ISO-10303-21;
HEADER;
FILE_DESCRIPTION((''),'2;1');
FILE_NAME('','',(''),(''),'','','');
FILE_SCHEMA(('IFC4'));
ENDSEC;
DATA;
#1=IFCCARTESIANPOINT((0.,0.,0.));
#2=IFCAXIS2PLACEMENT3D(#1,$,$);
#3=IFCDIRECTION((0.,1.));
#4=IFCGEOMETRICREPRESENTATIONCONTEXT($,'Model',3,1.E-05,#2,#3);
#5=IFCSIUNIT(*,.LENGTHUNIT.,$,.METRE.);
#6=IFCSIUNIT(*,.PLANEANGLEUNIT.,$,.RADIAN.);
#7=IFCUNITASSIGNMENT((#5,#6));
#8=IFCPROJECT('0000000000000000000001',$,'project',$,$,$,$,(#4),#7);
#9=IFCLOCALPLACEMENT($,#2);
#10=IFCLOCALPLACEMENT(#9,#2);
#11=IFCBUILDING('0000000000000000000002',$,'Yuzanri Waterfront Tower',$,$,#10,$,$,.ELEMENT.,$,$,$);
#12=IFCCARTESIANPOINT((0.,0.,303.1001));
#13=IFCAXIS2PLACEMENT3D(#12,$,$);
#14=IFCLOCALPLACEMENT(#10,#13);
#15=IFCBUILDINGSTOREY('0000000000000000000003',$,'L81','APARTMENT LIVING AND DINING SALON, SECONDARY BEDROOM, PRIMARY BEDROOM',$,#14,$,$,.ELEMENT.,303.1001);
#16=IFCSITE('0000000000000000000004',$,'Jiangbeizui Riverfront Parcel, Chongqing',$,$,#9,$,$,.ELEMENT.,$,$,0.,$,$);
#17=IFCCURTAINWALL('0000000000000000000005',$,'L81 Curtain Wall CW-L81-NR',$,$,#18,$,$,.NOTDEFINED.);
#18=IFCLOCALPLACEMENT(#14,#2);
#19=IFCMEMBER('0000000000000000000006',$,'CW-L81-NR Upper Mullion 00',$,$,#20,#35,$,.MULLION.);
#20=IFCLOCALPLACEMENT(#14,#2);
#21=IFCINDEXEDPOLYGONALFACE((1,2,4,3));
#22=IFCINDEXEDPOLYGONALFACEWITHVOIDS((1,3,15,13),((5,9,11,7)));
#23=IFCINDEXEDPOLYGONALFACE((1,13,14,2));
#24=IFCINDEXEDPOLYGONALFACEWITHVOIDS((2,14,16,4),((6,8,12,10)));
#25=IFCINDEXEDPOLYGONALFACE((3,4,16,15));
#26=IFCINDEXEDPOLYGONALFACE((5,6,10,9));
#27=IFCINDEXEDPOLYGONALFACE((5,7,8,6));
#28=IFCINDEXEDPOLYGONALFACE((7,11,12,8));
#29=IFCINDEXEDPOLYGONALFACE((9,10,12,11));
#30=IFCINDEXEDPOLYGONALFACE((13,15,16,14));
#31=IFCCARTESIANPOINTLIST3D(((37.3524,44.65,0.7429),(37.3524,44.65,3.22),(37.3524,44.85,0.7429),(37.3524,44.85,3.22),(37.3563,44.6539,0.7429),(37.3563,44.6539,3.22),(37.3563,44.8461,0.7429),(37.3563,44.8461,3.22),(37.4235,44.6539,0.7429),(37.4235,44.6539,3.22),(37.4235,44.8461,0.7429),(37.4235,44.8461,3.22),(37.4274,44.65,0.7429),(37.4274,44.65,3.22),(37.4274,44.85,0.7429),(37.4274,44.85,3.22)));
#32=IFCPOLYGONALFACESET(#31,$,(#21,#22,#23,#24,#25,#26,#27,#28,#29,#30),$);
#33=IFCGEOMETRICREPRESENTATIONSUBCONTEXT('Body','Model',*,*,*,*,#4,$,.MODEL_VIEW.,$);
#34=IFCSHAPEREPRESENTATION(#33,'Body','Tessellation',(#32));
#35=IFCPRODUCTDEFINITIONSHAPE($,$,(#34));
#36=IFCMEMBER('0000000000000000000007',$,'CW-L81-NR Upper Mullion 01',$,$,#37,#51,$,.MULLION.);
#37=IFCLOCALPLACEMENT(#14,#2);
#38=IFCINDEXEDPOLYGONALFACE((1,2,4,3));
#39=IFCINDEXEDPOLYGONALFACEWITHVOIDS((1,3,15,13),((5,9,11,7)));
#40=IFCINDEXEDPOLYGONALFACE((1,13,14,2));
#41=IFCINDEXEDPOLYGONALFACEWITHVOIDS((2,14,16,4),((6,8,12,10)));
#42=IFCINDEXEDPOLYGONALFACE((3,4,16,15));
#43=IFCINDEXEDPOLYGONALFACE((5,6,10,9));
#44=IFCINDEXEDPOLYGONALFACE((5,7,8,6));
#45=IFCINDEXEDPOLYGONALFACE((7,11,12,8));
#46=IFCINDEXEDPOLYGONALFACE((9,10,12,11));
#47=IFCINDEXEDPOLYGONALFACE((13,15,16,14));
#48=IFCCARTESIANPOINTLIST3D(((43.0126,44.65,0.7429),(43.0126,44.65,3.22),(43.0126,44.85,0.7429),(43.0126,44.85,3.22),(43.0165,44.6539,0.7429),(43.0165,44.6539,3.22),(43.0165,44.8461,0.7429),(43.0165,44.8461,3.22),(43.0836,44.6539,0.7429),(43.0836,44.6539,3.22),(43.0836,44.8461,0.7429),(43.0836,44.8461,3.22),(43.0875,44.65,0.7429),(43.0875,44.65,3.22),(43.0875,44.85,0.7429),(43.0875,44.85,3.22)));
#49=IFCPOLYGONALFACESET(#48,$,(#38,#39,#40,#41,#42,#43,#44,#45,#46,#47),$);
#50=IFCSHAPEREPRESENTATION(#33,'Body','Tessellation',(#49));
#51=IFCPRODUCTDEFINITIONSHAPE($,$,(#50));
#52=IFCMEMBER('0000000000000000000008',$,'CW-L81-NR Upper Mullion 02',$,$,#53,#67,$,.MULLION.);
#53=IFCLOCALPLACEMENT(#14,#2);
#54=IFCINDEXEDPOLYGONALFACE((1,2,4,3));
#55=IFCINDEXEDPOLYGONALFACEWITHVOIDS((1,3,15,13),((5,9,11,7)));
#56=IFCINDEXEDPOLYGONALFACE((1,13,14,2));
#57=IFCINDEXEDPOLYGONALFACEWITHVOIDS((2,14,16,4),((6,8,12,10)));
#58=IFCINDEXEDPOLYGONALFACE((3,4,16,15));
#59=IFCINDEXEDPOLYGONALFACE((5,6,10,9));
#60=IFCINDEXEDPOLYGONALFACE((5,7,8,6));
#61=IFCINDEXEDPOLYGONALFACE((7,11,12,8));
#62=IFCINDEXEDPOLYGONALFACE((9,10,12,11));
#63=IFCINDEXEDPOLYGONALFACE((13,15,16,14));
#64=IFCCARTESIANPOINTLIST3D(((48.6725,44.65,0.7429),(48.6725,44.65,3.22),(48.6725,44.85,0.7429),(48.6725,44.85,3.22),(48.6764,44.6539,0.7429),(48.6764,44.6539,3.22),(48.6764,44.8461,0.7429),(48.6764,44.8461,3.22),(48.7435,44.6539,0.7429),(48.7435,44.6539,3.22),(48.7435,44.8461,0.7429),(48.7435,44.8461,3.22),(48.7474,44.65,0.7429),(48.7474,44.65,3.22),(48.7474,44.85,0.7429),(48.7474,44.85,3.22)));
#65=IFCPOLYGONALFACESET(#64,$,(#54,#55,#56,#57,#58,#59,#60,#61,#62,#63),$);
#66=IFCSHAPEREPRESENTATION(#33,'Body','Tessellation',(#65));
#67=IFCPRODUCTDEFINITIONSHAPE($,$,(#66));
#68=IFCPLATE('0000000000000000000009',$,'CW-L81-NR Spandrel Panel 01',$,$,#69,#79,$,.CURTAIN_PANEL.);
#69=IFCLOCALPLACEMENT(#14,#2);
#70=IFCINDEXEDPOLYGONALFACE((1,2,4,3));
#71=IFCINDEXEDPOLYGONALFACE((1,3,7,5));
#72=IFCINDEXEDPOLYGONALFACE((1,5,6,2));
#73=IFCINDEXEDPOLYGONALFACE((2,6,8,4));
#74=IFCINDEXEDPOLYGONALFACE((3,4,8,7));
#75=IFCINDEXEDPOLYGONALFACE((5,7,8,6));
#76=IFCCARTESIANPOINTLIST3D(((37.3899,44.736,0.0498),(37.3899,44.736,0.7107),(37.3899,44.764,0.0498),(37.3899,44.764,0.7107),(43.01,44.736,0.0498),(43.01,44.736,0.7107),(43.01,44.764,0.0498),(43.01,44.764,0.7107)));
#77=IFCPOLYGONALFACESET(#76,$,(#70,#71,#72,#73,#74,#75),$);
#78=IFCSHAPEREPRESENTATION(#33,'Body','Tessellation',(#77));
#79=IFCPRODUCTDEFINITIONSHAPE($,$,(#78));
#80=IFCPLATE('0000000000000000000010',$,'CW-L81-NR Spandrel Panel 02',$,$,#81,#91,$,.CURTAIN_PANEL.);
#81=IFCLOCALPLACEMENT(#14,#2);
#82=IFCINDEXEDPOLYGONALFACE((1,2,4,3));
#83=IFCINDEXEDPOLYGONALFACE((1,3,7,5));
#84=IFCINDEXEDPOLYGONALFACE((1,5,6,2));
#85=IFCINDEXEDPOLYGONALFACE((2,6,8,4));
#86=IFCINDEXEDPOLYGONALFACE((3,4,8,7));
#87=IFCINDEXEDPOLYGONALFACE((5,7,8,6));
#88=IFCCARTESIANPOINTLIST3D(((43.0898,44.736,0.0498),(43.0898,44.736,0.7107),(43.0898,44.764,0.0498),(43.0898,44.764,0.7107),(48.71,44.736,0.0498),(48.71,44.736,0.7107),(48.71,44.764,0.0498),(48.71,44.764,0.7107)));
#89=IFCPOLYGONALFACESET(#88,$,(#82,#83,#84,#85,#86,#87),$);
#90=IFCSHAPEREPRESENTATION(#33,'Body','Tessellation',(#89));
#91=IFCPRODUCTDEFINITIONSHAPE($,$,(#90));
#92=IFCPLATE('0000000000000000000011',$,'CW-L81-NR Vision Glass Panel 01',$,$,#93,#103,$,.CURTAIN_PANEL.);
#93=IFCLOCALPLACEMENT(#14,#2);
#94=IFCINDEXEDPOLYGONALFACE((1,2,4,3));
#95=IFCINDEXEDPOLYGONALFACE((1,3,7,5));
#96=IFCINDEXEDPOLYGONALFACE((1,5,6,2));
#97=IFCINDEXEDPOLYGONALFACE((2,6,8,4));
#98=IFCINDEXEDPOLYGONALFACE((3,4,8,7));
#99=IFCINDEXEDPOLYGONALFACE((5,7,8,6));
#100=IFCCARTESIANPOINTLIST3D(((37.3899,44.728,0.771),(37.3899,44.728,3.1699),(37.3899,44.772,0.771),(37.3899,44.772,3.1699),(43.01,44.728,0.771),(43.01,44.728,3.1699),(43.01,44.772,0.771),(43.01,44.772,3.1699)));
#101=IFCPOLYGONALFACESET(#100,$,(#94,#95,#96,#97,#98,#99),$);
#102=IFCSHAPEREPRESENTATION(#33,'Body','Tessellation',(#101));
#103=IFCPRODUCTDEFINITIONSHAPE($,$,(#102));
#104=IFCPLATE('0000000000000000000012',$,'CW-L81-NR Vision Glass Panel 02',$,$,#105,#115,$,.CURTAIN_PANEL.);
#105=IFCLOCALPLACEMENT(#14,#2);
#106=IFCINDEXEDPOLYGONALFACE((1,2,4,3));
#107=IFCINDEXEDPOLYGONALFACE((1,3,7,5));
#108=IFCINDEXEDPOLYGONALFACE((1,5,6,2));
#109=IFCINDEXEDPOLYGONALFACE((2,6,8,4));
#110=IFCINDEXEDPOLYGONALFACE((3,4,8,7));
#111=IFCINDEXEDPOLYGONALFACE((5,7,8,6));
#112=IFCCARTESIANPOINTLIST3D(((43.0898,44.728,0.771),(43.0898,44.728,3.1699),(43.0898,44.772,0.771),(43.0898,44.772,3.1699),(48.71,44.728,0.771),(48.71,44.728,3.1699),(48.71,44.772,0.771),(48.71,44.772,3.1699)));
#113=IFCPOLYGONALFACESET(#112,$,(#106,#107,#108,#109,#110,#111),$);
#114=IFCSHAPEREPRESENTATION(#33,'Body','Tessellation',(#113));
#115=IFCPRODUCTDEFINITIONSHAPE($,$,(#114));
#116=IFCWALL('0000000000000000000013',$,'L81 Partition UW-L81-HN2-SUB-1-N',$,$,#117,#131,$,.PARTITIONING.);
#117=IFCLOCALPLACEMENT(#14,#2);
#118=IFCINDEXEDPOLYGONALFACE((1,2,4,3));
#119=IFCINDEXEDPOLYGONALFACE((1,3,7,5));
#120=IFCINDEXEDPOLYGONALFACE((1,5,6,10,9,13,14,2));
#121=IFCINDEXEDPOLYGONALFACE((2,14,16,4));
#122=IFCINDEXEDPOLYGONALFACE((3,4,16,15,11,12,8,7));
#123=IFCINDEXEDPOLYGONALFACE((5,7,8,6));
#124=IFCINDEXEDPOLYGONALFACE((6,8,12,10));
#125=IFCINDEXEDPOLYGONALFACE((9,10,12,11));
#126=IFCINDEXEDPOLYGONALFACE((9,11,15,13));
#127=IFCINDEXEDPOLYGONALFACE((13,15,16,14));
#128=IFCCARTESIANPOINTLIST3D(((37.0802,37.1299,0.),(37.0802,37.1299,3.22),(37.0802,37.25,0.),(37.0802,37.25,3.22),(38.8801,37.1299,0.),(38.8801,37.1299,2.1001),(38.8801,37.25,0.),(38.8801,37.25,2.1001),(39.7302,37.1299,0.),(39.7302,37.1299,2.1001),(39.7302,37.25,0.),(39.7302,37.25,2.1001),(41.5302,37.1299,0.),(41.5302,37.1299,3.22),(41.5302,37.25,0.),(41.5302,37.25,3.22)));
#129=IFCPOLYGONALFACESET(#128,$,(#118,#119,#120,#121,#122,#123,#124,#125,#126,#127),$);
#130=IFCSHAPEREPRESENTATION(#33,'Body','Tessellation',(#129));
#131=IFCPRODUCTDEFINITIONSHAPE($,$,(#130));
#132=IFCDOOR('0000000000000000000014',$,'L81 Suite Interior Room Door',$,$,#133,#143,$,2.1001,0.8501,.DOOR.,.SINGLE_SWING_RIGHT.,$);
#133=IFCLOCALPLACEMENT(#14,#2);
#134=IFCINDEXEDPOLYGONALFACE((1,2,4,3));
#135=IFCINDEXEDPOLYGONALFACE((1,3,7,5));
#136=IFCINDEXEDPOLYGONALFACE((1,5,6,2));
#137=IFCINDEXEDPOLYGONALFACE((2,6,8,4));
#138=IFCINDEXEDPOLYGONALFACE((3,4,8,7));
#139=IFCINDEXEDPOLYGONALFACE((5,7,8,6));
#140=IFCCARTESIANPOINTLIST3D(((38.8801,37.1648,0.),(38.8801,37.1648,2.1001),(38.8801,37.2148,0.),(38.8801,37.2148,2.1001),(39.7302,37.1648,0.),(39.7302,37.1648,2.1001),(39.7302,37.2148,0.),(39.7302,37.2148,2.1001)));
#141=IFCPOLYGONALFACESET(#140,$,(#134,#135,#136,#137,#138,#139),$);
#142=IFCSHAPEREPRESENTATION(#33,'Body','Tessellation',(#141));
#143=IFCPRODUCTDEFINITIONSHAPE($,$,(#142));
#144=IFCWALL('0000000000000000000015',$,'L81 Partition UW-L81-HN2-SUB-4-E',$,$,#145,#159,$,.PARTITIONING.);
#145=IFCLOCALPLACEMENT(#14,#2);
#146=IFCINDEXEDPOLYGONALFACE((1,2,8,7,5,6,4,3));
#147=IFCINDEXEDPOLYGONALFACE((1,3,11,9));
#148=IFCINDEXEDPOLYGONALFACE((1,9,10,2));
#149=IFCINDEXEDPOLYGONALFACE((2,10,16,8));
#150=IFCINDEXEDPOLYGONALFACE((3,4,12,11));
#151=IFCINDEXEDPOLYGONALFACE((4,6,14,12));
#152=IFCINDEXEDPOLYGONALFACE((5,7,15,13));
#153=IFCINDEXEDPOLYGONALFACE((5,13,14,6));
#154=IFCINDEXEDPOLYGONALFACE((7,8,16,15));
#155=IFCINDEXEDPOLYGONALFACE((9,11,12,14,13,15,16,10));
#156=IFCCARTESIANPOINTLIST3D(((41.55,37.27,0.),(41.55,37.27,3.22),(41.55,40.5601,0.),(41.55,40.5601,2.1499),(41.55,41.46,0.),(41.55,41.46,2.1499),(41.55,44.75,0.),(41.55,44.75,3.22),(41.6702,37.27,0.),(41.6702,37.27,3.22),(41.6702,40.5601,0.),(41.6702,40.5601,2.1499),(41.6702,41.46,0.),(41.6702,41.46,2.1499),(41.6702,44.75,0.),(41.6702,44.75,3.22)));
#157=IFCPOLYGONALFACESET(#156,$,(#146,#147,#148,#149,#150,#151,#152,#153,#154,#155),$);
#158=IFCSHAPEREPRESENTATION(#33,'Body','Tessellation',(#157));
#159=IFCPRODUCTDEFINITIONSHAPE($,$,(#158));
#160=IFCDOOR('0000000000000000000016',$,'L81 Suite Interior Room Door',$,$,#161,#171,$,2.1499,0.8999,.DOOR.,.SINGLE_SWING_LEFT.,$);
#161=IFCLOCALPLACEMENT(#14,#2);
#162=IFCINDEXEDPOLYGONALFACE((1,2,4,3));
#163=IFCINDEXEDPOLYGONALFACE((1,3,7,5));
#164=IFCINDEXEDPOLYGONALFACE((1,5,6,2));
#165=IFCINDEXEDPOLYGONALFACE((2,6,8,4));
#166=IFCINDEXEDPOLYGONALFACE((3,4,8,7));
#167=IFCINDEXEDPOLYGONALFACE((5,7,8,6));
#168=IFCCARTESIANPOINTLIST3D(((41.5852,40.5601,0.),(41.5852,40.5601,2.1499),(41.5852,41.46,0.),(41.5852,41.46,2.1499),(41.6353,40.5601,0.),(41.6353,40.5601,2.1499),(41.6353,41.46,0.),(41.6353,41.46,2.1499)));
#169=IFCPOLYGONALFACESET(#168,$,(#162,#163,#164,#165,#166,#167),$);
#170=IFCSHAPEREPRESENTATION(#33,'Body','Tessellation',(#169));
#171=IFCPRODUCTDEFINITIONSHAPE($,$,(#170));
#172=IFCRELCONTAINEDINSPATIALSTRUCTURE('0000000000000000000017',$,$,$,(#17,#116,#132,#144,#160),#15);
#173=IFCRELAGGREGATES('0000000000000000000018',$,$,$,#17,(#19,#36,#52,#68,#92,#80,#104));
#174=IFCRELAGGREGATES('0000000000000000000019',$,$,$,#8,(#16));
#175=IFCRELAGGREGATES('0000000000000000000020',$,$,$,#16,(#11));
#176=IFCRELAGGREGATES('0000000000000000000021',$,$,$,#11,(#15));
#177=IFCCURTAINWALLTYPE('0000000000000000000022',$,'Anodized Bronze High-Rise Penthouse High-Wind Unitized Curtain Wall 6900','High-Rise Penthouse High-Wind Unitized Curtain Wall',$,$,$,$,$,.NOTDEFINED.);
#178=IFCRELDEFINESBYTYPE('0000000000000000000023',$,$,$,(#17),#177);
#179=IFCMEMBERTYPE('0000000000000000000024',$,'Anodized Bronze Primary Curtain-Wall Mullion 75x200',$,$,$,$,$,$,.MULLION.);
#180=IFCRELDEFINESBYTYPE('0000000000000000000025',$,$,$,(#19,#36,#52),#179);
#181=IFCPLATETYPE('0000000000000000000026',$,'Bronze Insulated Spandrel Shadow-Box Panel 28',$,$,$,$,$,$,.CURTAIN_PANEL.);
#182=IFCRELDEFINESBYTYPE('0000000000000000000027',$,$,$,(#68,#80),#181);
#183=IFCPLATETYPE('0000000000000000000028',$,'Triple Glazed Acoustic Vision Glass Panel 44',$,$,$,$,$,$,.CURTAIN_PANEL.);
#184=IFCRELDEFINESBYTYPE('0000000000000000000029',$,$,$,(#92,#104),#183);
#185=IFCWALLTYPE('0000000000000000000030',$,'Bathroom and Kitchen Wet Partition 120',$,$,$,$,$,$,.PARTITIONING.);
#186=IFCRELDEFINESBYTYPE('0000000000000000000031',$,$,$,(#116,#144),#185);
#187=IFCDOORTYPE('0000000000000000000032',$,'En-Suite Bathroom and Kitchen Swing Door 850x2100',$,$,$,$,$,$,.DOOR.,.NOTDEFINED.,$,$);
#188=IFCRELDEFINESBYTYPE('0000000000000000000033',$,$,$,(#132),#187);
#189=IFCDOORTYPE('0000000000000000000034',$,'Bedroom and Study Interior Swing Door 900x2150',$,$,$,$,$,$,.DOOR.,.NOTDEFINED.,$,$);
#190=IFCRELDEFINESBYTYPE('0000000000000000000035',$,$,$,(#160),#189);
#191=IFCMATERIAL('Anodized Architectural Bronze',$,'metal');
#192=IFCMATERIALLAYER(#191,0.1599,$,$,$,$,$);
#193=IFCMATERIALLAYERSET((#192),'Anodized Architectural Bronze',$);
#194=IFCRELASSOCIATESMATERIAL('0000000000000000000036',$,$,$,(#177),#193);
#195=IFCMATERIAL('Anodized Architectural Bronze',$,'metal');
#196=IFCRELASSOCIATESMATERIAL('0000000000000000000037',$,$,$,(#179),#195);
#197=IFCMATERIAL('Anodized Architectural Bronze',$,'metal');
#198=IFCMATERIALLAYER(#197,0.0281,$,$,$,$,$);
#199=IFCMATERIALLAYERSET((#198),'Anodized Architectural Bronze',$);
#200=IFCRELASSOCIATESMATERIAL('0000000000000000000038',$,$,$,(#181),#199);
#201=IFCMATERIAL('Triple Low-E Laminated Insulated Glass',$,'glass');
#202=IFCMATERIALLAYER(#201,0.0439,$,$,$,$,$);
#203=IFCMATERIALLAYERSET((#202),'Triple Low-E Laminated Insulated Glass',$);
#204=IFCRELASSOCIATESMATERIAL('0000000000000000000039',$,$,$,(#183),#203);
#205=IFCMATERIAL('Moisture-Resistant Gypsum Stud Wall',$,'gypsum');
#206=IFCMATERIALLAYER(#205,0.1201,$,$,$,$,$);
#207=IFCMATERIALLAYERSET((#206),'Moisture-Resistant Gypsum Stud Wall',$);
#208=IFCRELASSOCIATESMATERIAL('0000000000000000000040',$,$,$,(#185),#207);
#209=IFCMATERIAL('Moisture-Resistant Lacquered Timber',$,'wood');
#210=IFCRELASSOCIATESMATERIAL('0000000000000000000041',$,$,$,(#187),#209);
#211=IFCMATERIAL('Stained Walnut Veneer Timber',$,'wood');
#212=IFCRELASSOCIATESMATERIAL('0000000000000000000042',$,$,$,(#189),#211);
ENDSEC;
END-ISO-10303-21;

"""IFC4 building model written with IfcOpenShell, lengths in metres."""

from ifc_helpers import new_model, si_unit, direction, frame, frame_2d, origin, origin_2d, place, context, subcontext, project, spatial, rectangle, hollow_rectangle, extrude, source, transform, mapped, material, layer, layer_set, material_profile, profile_set, type_object, element, fill, aggregate, save


model = new_model("IFC4")

# Units and contexts
model_context = context("Model", 3, precision=1e-05, world=origin(), true_north=direction((0.0, 1.0)))
body_context = subcontext(model_context, "Body", "Model", "MODEL_VIEW")
ifc_project = project(units=[si_unit("LENGTHUNIT", "METRE"), si_unit("PLANEANGLEUNIT", "RADIAN")], contexts=[model_context])

# Site, building, storey
site_placement = place(None, origin())
site = spatial("IfcSite", under=ifc_project, at=site_placement, Name="Jiangbeizui Riverfront Parcel, Chongqing", CompositionType="ELEMENT", RefElevation=0.0)
building_placement = place(site_placement, origin())
building = spatial("IfcBuilding", under=site, at=building_placement, Name="Yuzanri Waterfront Tower", CompositionType="ELEMENT")
storey_placement = place(building_placement, frame((0.0, 0.0, 303.1001)))
storey = spatial("IfcBuildingStorey", under=building, at=storey_placement, Name="L81", Description="APARTMENT LIVING AND DINING SALON, SECONDARY BEDROOM, PRIMARY BEDROOM", CompositionType="ELEMENT", Elevation=303.1001)

# Curtain wall, members, plates
ifc_material_1 = material(Name="Anodized Architectural Bronze", Category="metal")
ifc_layer_1 = layer(ifc_material_1, 0.1599)
ifc_layer_set_1 = layer_set([ifc_layer_1], Name="Anodized Architectural Bronze")
curtain_wall_type = type_object("IfcCurtainWallType", Name="Anodized Bronze High-Rise Penthouse High-Wind Unitized Curtain Wall 6900", Description="High-Rise Penthouse High-Wind Unitized Curtain Wall", PredefinedType="NOTDEFINED", material=ifc_layer_set_1)
curtain_wall_placement = place(storey_placement, origin())
curtain_wall = element("IfcCurtainWall", 1, at=curtain_wall_placement, inside=storey, type_object=curtain_wall_type, Name="L81 Curtain Wall CW-L81-NR", PredefinedType="NOTDEFINED")
ifc_material_2 = material(Name="Anodized Architectural Bronze", Category="metal")
ifc_material_profile_1 = material_profile(ifc_material_2, hollow_rectangle(XDim=0.075, YDim=0.2, WallThickness=0.0039, at=origin_2d()), Name="CWM 75x200")
ifc_profile_set_1 = profile_set([ifc_material_profile_1], Name="Anodized Architectural Bronze")
member_type_1 = type_object("IfcMemberType", Name="Anodized Bronze Primary Curtain-Wall Mullion 75x200", PredefinedType="MULLION", material=ifc_profile_set_1)
shared_shape_1 = source(origin(), body_context, "Body", "SweptSolid", [
    extrude(hollow_rectangle(XDim=0.075, YDim=0.2, WallThickness=0.0039, at=origin_2d()), origin(), (0.0, 0.0, 1.0), 2.4771),
])
member_1_placement = place(storey_placement, frame((37.3899, 44.75, 0.7429), z_axis=(0.0, 0.0, 1.0), x_axis=(1.0, 0.0, 0.0)))
member_1 = element("IfcMember", 2, at=member_1_placement, type_object=member_type_1, Name="CW-L81-NR Upper Mullion 00", PredefinedType="MULLION", context=body_context, shape_type="MappedRepresentation", body=[
    mapped(shared_shape_1, transform((0.0, 0.0, 0.0), scale=1.0)),
])
member_2_placement = place(storey_placement, frame((43.05, 44.75, 0.7429), z_axis=(0.0, 0.0, 1.0), x_axis=(1.0, 0.0, 0.0)))
member_2 = element("IfcMember", 3, at=member_2_placement, type_object=member_type_1, Name="CW-L81-NR Upper Mullion 01", PredefinedType="MULLION", context=body_context, shape_type="MappedRepresentation", body=[
    mapped(shared_shape_1, transform((0.0, 0.0, 0.0), scale=1.0)),
])
member_3_placement = place(storey_placement, frame((48.71, 44.75, 0.7429), z_axis=(0.0, 0.0, 1.0), x_axis=(1.0, 0.0, 0.0)))
member_3 = element("IfcMember", 4, at=member_3_placement, type_object=member_type_1, Name="CW-L81-NR Upper Mullion 02", PredefinedType="MULLION", context=body_context, shape_type="MappedRepresentation", body=[
    mapped(shared_shape_1, transform((0.0, 0.0, 0.0), scale=1.0)),
])
ifc_material_3 = material(Name="Anodized Architectural Bronze", Category="metal")
ifc_layer_2 = layer(ifc_material_3, 0.0281)
ifc_layer_set_2 = layer_set([ifc_layer_2], Name="Anodized Architectural Bronze")
plate_type_1 = type_object("IfcPlateType", Name="Bronze Insulated Spandrel Shadow-Box Panel 28", PredefinedType="CURTAIN_PANEL", material=ifc_layer_set_2)
shared_shape_2 = source(origin(), body_context, "Body", "SweptSolid", [
    extrude(rectangle(XDim=5.6201, YDim=0.0281, at=origin_2d()), origin(), (0.0, 0.0, 1.0), 0.6609),
])
plate_1_placement = place(storey_placement, frame((40.2, 44.75, 0.0498), z_axis=(0.0, 0.0, 1.0), x_axis=(1.0, 0.0, 0.0)))
plate_1 = element("IfcPlate", 5, at=plate_1_placement, type_object=plate_type_1, Name="CW-L81-NR Spandrel Panel 01", PredefinedType="CURTAIN_PANEL", context=body_context, shape_type="MappedRepresentation", body=[
    mapped(shared_shape_2, transform((0.0, 0.0, 0.0), scale=1.0)),
])
plate_2_placement = place(storey_placement, frame((45.8999, 44.75, 0.0498), z_axis=(0.0, 0.0, 1.0), x_axis=(1.0, 0.0, 0.0)))
plate_2 = element("IfcPlate", 6, at=plate_2_placement, type_object=plate_type_1, Name="CW-L81-NR Spandrel Panel 02", PredefinedType="CURTAIN_PANEL", context=body_context, shape_type="MappedRepresentation", body=[
    mapped(shared_shape_2, transform((0.0, 0.0, 0.0), scale=1.0)),
])
ifc_material_4 = material(Name="Triple Low-E Laminated Insulated Glass", Category="glass")
ifc_layer_3 = layer(ifc_material_4, 0.0439)
ifc_layer_set_3 = layer_set([ifc_layer_3], Name="Triple Low-E Laminated Insulated Glass")
plate_type_2 = type_object("IfcPlateType", Name="Triple Glazed Acoustic Vision Glass Panel 44", PredefinedType="CURTAIN_PANEL", material=ifc_layer_set_3)
shared_shape_3 = source(origin(), body_context, "Body", "SweptSolid", [
    extrude(rectangle(XDim=5.6201, YDim=0.0439, at=origin_2d()), origin(), (0.0, 0.0, 1.0), 2.3989),
])
plate_3_placement = place(storey_placement, frame((40.2, 44.75, 0.771), z_axis=(0.0, 0.0, 1.0), x_axis=(1.0, 0.0, 0.0)))
plate_3 = element("IfcPlate", 7, at=plate_3_placement, type_object=plate_type_2, Name="CW-L81-NR Vision Glass Panel 01", PredefinedType="CURTAIN_PANEL", context=body_context, shape_type="MappedRepresentation", body=[
    mapped(shared_shape_3, transform((0.0, 0.0, 0.0), scale=1.0)),
])
plate_4_placement = place(storey_placement, frame((45.8999, 44.75, 0.771), z_axis=(0.0, 0.0, 1.0), x_axis=(1.0, 0.0, 0.0)))
plate_4 = element("IfcPlate", 8, at=plate_4_placement, type_object=plate_type_2, Name="CW-L81-NR Vision Glass Panel 02", PredefinedType="CURTAIN_PANEL", context=body_context, shape_type="MappedRepresentation", body=[
    mapped(shared_shape_3, transform((0.0, 0.0, 0.0), scale=1.0)),
])
aggregate(curtain_wall, [member_1, member_2, member_3, plate_1, plate_3, plate_2, plate_4])

# Walls, openings, doors
ifc_material_5 = material(Name="Moisture-Resistant Gypsum Stud Wall", Category="gypsum")
ifc_layer_4 = layer(ifc_material_5, 0.1201)
ifc_layer_set_4 = layer_set([ifc_layer_4], Name="Moisture-Resistant Gypsum Stud Wall")
wall_type = type_object("IfcWallType", Name="Bathroom and Kitchen Wet Partition 120", PredefinedType="PARTITIONING", material=ifc_layer_set_4)
wall_1_placement = place(storey_placement, frame((37.0801, 37.1899, 0.0), z_axis=(0.0, 0.0, 1.0), x_axis=(1.0, 0.0, 0.0)))
wall_1 = element("IfcWall", 9, at=wall_1_placement, inside=storey, type_object=wall_type, Name="L81 Partition UW-L81-HN2-SUB-1-N", PredefinedType="PARTITIONING", context=body_context, shape_type="SweptSolid", body=[
    extrude(rectangle(XDim=4.45, YDim=0.1201, at=frame_2d((2.2251, 0.0))), origin(), (0.0, 0.0, 1.0), 3.22),
])
opening_1_placement = place(wall_1_placement, frame((1.8, 0.0, 0.0)))
opening_1 = element("IfcOpeningElement", 10, at=opening_1_placement, cuts=wall_1, PredefinedType="OPENING", context=body_context, shape_type="SweptSolid", body=[
    extrude(rectangle(XDim=0.8501, YDim=2.1001, at=frame_2d((0.425, 1.05))), frame((0.0, 0.075, 0.0), z_axis=(0.0, -1.0, 0.0), x_axis=(1.0, 0.0, 0.0)), (0.0, 0.0, 1.0), 0.1499),
])
ifc_material_6 = material(Name="Moisture-Resistant Lacquered Timber", Category="wood")
door_type_1 = type_object("IfcDoorType", Name="En-Suite Bathroom and Kitchen Swing Door 850x2100", OperationType="NOTDEFINED", PredefinedType="DOOR", material=ifc_material_6)
shared_shape_4 = source(origin(), body_context, "Body", "SweptSolid", [
    extrude(rectangle(XDim=0.8501, YDim=2.1001, at=frame_2d((0.425, 1.05))), frame((0.0, 0.0249, 0.0), z_axis=(0.0, -1.0, 0.0), x_axis=(1.0, 0.0, 0.0)), (0.0, 0.0, 1.0), 0.05),
])
door_1_placement = place(opening_1_placement, origin())
door_1 = element("IfcDoor", 11, at=door_1_placement, inside=storey, type_object=door_type_1, Name="L81 Suite Interior Room Door", OperationType="SINGLE_SWING_RIGHT", OverallHeight=2.1001, OverallWidth=0.8501, PredefinedType="DOOR", context=body_context, shape_type="MappedRepresentation", body=[
    mapped(shared_shape_4, transform((0.0, 0.0, 0.0), scale=1.0)),
])
fill(opening_1, door_1)
wall_2_placement = place(storey_placement, frame((41.6101, 37.27, 0.0), z_axis=(0.0, 0.0, 1.0), x_axis=(0.0, 1.0, 0.0)))
wall_2 = element("IfcWall", 12, at=wall_2_placement, inside=storey, type_object=wall_type, Name="L81 Partition UW-L81-HN2-SUB-4-E", PredefinedType="PARTITIONING", context=body_context, shape_type="SweptSolid", body=[
    extrude(rectangle(XDim=7.48, YDim=0.1201, at=frame_2d((3.74, 0.0))), origin(), (0.0, 0.0, 1.0), 3.22),
])
opening_2_placement = place(wall_2_placement, frame((3.29, 0.0, 0.0)))
opening_2 = element("IfcOpeningElement", 13, at=opening_2_placement, cuts=wall_2, PredefinedType="OPENING", context=body_context, shape_type="SweptSolid", body=[
    extrude(rectangle(XDim=0.8999, YDim=2.1499, at=frame_2d((0.45, 1.075))), frame((0.0, 0.075, 0.0), z_axis=(0.0, -1.0, 0.0), x_axis=(1.0, 0.0, 0.0)), (0.0, 0.0, 1.0), 0.1499),
])
ifc_material_7 = material(Name="Stained Walnut Veneer Timber", Category="wood")
door_type_2 = type_object("IfcDoorType", Name="Bedroom and Study Interior Swing Door 900x2150", OperationType="NOTDEFINED", PredefinedType="DOOR", material=ifc_material_7)
shared_shape_5 = source(origin(), body_context, "Body", "SweptSolid", [
    extrude(rectangle(XDim=0.8999, YDim=2.1499, at=frame_2d((0.45, 1.075))), frame((0.0, 0.0249, 0.0), z_axis=(0.0, -1.0, 0.0), x_axis=(1.0, 0.0, 0.0)), (0.0, 0.0, 1.0), 0.05),
])
door_2_placement = place(opening_2_placement, origin())
door_2 = element("IfcDoor", 14, at=door_2_placement, inside=storey, type_object=door_type_2, Name="L81 Suite Interior Room Door", OperationType="SINGLE_SWING_LEFT", OverallHeight=2.1499, OverallWidth=0.8999, PredefinedType="DOOR", context=body_context, shape_type="MappedRepresentation", body=[
    mapped(shared_shape_5, transform((0.0, 0.0, 0.0), scale=1.0)),
])
fill(opening_2, door_2)

save(model, "model.ifc")
